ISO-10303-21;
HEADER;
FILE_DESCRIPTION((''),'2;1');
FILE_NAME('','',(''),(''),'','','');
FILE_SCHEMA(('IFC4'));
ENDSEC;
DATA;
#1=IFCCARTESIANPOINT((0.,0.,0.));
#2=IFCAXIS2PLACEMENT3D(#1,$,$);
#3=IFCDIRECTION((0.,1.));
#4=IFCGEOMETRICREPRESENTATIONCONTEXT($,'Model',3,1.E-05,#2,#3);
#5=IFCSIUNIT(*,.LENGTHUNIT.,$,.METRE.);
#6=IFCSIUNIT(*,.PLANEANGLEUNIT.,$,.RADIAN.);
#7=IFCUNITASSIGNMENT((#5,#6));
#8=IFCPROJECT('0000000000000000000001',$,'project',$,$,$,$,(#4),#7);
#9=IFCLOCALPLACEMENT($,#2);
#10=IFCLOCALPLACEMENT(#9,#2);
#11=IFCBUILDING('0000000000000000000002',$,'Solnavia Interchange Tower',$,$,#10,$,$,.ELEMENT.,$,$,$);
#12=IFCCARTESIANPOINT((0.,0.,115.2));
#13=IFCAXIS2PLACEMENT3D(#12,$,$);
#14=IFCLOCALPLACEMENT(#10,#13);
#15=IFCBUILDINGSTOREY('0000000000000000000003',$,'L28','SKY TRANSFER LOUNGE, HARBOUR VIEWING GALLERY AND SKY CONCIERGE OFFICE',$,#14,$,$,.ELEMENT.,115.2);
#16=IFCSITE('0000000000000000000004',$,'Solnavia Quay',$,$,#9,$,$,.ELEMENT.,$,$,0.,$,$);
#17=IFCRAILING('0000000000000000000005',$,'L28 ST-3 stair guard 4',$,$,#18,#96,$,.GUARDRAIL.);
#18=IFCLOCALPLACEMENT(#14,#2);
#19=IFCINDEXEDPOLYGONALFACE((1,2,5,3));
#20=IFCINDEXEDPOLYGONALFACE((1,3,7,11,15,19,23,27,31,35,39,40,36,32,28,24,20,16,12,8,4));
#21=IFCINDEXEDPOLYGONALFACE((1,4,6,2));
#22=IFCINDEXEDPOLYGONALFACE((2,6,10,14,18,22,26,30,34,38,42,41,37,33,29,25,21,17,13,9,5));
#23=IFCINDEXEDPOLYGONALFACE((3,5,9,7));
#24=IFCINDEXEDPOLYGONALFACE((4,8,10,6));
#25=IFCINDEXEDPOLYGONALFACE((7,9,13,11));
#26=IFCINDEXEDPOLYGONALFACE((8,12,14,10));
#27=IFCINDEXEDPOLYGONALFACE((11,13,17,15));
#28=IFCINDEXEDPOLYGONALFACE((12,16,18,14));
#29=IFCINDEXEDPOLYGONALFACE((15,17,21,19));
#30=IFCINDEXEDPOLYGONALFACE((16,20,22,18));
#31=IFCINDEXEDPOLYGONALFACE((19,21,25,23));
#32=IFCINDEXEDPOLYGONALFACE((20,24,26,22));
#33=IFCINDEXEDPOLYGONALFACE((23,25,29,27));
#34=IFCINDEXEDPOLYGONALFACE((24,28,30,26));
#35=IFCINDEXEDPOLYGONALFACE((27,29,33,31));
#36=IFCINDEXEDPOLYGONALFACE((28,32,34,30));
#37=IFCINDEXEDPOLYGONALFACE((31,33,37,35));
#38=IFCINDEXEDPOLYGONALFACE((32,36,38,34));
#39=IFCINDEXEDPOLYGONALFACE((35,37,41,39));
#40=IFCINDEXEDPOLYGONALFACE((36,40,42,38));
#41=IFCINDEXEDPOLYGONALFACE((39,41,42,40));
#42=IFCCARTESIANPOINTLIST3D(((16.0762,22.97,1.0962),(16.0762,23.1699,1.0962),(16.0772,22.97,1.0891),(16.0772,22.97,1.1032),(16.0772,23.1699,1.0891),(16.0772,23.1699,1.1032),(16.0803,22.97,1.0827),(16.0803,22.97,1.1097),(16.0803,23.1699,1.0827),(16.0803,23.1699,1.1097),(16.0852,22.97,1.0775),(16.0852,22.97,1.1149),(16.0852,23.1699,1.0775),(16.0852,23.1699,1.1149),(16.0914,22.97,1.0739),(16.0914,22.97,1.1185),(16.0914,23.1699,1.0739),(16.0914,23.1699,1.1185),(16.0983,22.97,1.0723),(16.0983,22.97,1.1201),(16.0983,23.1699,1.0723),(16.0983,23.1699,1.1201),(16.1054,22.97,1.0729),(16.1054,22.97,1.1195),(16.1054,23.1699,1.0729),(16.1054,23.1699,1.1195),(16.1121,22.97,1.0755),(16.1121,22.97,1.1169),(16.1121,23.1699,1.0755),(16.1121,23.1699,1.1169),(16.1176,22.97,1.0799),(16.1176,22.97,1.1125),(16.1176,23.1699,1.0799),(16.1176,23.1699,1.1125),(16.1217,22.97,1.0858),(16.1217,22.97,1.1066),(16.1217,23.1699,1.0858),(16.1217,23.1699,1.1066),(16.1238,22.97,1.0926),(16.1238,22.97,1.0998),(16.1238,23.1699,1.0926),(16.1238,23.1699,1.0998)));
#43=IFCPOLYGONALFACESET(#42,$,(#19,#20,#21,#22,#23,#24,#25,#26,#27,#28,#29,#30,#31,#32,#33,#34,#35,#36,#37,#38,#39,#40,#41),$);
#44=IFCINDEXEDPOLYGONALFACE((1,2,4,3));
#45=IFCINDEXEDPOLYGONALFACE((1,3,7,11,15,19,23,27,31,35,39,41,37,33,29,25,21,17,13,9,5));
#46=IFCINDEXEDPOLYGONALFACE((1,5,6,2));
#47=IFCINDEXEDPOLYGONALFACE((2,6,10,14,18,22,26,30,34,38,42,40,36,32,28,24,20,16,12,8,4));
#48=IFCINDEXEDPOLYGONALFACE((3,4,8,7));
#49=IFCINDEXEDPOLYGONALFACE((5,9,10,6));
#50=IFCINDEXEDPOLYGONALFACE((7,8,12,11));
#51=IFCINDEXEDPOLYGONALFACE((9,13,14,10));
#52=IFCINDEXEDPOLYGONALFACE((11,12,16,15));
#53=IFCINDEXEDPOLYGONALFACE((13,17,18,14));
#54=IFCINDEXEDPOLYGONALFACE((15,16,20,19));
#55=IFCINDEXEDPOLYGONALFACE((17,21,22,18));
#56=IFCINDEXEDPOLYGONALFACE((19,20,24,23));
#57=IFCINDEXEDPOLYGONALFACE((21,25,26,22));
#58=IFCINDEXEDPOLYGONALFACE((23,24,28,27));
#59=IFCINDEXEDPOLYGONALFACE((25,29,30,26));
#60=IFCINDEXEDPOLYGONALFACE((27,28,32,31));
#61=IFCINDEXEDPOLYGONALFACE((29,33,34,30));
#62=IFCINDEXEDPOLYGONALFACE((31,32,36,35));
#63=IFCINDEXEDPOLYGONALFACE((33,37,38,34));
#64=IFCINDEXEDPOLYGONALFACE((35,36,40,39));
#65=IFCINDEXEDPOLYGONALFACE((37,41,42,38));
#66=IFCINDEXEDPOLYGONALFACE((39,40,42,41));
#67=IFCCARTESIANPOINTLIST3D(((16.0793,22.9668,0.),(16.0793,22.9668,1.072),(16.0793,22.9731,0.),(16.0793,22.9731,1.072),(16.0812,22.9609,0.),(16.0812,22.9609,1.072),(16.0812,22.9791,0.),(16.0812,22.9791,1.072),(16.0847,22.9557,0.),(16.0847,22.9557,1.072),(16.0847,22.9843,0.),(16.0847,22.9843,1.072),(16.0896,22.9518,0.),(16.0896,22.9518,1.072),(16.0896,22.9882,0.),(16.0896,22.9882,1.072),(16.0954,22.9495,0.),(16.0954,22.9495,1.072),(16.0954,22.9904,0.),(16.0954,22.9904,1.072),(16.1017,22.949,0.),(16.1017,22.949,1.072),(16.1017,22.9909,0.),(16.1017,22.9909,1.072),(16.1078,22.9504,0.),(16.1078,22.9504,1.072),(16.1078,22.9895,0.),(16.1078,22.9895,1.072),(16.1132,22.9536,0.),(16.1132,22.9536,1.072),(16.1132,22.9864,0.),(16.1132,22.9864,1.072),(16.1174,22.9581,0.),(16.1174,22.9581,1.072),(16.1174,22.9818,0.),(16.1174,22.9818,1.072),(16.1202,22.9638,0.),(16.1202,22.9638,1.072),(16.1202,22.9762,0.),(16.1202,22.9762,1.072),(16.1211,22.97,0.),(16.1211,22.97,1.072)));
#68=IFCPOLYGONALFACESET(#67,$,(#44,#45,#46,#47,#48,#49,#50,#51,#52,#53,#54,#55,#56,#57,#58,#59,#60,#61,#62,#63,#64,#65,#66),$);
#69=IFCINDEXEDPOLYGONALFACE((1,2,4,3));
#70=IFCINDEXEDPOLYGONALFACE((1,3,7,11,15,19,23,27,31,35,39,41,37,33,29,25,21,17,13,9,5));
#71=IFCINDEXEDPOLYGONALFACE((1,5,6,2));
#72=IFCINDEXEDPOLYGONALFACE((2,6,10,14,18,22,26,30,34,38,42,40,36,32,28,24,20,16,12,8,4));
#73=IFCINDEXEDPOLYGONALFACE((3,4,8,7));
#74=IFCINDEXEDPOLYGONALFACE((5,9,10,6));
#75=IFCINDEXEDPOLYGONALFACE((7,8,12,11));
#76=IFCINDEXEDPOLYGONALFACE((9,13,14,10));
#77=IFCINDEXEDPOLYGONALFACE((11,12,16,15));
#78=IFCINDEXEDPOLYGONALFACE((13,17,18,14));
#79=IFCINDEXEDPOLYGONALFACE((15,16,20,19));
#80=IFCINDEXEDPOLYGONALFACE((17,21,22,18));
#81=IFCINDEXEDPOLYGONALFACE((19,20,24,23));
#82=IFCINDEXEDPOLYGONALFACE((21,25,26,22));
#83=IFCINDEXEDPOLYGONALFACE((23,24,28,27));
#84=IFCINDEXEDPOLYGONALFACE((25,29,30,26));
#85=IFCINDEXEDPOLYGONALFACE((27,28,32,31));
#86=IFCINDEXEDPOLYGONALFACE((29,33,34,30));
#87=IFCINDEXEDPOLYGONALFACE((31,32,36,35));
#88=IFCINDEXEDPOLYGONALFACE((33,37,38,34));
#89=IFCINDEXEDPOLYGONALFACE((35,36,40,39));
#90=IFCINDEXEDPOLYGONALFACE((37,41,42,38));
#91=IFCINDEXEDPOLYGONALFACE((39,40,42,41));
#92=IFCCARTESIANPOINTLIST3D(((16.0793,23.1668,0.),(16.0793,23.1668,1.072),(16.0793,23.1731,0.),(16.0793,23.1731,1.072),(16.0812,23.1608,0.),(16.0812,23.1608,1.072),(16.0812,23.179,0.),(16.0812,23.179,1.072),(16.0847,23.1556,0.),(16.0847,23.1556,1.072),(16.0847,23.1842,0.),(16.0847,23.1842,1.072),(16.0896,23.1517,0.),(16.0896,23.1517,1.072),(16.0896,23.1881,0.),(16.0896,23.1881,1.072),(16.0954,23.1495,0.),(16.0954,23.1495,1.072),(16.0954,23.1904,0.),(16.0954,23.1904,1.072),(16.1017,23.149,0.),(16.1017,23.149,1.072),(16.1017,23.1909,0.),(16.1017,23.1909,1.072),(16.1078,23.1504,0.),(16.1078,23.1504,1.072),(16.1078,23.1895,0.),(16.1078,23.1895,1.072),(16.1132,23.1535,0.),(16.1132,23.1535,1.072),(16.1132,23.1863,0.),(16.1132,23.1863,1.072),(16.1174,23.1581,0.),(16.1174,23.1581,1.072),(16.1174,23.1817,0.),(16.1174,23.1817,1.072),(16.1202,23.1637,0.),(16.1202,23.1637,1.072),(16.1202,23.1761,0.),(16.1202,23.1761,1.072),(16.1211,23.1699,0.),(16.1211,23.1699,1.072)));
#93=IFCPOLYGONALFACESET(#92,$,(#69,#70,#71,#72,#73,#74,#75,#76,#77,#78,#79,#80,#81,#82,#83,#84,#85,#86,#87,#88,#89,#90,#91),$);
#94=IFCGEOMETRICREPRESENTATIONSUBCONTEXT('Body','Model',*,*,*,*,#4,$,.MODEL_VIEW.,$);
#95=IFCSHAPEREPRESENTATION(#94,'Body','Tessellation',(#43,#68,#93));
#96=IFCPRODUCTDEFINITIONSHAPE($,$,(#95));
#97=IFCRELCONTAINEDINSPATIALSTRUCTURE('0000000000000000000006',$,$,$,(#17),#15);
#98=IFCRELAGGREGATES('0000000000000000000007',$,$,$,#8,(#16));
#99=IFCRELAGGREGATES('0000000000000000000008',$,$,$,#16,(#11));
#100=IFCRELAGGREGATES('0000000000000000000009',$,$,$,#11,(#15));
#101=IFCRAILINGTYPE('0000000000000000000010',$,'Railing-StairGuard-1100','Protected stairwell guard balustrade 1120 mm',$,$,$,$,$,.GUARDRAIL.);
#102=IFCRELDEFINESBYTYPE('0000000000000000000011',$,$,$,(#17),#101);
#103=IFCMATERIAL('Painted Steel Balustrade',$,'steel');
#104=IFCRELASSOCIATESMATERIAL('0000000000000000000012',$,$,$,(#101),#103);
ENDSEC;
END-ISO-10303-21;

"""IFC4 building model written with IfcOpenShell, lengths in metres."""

from ifc_helpers import new_model, si_unit, direction, frame, origin, origin_2d, place, context, subcontext, project, spatial, circle, extrude, material, type_object, element, save


model = new_model("IFC4")

# Units and contexts
model_context = context("Model", 3, precision=1e-05, world=origin(), true_north=direction((0.0, 1.0)))
body_context = subcontext(model_context, "Body", "Model", "MODEL_VIEW")
ifc_project = project(units=[si_unit("LENGTHUNIT", "METRE"), si_unit("PLANEANGLEUNIT", "RADIAN")], contexts=[model_context])

# Site, building, storey
site_placement = place(None, origin())
site = spatial("IfcSite", under=ifc_project, at=site_placement, Name="Solnavia Quay", CompositionType="ELEMENT", RefElevation=0.0)
building_placement = place(site_placement, origin())
building = spatial("IfcBuilding", under=site, at=building_placement, Name="Solnavia Interchange Tower", CompositionType="ELEMENT")
storey_placement = place(building_placement, frame((0.0, 0.0, 115.2)))
storey = spatial("IfcBuildingStorey", under=building, at=storey_placement, Name="L28", Description="SKY TRANSFER LOUNGE, HARBOUR VIEWING GALLERY AND SKY CONCIERGE OFFICE", CompositionType="ELEMENT", Elevation=115.2)

# Railing
ifc_material_1 = material(Name="Painted Steel Balustrade", Category="steel")
railing_type_1 = type_object("IfcRailingType", Name="Railing-StairGuard-1100", Description="Protected stairwell guard balustrade 1120 mm", PredefinedType="GUARDRAIL", material=ifc_material_1)
railing_1_placement = place(storey_placement, frame((16.1001, 22.97, 0.0)))
element("IfcRailing", 1, at=railing_1_placement, inside=storey, type_object=railing_type_1, Name="L28 ST-3 stair guard 4", PredefinedType="GUARDRAIL", context=body_context, shape_type="SweptSolid", body=[
    extrude(circle(Radius=0.0239, at=origin_2d()), frame((0.0, 0.0, 1.0962), z_axis=(0.0, 1.0, 0.0), x_axis=(-1.0, 0.0, 0.0)), (0.0, 0.0, 1.0), 0.2),
    extrude(circle(Radius=0.021, at=origin_2d()), origin(), (0.0, 0.0, 1.0), 1.072),
    extrude(circle(Radius=0.021, at=origin_2d()), frame((0.0, 0.2, 0.0)), (0.0, 0.0, 1.0), 1.072),
])

save(model, "model.ifc")
